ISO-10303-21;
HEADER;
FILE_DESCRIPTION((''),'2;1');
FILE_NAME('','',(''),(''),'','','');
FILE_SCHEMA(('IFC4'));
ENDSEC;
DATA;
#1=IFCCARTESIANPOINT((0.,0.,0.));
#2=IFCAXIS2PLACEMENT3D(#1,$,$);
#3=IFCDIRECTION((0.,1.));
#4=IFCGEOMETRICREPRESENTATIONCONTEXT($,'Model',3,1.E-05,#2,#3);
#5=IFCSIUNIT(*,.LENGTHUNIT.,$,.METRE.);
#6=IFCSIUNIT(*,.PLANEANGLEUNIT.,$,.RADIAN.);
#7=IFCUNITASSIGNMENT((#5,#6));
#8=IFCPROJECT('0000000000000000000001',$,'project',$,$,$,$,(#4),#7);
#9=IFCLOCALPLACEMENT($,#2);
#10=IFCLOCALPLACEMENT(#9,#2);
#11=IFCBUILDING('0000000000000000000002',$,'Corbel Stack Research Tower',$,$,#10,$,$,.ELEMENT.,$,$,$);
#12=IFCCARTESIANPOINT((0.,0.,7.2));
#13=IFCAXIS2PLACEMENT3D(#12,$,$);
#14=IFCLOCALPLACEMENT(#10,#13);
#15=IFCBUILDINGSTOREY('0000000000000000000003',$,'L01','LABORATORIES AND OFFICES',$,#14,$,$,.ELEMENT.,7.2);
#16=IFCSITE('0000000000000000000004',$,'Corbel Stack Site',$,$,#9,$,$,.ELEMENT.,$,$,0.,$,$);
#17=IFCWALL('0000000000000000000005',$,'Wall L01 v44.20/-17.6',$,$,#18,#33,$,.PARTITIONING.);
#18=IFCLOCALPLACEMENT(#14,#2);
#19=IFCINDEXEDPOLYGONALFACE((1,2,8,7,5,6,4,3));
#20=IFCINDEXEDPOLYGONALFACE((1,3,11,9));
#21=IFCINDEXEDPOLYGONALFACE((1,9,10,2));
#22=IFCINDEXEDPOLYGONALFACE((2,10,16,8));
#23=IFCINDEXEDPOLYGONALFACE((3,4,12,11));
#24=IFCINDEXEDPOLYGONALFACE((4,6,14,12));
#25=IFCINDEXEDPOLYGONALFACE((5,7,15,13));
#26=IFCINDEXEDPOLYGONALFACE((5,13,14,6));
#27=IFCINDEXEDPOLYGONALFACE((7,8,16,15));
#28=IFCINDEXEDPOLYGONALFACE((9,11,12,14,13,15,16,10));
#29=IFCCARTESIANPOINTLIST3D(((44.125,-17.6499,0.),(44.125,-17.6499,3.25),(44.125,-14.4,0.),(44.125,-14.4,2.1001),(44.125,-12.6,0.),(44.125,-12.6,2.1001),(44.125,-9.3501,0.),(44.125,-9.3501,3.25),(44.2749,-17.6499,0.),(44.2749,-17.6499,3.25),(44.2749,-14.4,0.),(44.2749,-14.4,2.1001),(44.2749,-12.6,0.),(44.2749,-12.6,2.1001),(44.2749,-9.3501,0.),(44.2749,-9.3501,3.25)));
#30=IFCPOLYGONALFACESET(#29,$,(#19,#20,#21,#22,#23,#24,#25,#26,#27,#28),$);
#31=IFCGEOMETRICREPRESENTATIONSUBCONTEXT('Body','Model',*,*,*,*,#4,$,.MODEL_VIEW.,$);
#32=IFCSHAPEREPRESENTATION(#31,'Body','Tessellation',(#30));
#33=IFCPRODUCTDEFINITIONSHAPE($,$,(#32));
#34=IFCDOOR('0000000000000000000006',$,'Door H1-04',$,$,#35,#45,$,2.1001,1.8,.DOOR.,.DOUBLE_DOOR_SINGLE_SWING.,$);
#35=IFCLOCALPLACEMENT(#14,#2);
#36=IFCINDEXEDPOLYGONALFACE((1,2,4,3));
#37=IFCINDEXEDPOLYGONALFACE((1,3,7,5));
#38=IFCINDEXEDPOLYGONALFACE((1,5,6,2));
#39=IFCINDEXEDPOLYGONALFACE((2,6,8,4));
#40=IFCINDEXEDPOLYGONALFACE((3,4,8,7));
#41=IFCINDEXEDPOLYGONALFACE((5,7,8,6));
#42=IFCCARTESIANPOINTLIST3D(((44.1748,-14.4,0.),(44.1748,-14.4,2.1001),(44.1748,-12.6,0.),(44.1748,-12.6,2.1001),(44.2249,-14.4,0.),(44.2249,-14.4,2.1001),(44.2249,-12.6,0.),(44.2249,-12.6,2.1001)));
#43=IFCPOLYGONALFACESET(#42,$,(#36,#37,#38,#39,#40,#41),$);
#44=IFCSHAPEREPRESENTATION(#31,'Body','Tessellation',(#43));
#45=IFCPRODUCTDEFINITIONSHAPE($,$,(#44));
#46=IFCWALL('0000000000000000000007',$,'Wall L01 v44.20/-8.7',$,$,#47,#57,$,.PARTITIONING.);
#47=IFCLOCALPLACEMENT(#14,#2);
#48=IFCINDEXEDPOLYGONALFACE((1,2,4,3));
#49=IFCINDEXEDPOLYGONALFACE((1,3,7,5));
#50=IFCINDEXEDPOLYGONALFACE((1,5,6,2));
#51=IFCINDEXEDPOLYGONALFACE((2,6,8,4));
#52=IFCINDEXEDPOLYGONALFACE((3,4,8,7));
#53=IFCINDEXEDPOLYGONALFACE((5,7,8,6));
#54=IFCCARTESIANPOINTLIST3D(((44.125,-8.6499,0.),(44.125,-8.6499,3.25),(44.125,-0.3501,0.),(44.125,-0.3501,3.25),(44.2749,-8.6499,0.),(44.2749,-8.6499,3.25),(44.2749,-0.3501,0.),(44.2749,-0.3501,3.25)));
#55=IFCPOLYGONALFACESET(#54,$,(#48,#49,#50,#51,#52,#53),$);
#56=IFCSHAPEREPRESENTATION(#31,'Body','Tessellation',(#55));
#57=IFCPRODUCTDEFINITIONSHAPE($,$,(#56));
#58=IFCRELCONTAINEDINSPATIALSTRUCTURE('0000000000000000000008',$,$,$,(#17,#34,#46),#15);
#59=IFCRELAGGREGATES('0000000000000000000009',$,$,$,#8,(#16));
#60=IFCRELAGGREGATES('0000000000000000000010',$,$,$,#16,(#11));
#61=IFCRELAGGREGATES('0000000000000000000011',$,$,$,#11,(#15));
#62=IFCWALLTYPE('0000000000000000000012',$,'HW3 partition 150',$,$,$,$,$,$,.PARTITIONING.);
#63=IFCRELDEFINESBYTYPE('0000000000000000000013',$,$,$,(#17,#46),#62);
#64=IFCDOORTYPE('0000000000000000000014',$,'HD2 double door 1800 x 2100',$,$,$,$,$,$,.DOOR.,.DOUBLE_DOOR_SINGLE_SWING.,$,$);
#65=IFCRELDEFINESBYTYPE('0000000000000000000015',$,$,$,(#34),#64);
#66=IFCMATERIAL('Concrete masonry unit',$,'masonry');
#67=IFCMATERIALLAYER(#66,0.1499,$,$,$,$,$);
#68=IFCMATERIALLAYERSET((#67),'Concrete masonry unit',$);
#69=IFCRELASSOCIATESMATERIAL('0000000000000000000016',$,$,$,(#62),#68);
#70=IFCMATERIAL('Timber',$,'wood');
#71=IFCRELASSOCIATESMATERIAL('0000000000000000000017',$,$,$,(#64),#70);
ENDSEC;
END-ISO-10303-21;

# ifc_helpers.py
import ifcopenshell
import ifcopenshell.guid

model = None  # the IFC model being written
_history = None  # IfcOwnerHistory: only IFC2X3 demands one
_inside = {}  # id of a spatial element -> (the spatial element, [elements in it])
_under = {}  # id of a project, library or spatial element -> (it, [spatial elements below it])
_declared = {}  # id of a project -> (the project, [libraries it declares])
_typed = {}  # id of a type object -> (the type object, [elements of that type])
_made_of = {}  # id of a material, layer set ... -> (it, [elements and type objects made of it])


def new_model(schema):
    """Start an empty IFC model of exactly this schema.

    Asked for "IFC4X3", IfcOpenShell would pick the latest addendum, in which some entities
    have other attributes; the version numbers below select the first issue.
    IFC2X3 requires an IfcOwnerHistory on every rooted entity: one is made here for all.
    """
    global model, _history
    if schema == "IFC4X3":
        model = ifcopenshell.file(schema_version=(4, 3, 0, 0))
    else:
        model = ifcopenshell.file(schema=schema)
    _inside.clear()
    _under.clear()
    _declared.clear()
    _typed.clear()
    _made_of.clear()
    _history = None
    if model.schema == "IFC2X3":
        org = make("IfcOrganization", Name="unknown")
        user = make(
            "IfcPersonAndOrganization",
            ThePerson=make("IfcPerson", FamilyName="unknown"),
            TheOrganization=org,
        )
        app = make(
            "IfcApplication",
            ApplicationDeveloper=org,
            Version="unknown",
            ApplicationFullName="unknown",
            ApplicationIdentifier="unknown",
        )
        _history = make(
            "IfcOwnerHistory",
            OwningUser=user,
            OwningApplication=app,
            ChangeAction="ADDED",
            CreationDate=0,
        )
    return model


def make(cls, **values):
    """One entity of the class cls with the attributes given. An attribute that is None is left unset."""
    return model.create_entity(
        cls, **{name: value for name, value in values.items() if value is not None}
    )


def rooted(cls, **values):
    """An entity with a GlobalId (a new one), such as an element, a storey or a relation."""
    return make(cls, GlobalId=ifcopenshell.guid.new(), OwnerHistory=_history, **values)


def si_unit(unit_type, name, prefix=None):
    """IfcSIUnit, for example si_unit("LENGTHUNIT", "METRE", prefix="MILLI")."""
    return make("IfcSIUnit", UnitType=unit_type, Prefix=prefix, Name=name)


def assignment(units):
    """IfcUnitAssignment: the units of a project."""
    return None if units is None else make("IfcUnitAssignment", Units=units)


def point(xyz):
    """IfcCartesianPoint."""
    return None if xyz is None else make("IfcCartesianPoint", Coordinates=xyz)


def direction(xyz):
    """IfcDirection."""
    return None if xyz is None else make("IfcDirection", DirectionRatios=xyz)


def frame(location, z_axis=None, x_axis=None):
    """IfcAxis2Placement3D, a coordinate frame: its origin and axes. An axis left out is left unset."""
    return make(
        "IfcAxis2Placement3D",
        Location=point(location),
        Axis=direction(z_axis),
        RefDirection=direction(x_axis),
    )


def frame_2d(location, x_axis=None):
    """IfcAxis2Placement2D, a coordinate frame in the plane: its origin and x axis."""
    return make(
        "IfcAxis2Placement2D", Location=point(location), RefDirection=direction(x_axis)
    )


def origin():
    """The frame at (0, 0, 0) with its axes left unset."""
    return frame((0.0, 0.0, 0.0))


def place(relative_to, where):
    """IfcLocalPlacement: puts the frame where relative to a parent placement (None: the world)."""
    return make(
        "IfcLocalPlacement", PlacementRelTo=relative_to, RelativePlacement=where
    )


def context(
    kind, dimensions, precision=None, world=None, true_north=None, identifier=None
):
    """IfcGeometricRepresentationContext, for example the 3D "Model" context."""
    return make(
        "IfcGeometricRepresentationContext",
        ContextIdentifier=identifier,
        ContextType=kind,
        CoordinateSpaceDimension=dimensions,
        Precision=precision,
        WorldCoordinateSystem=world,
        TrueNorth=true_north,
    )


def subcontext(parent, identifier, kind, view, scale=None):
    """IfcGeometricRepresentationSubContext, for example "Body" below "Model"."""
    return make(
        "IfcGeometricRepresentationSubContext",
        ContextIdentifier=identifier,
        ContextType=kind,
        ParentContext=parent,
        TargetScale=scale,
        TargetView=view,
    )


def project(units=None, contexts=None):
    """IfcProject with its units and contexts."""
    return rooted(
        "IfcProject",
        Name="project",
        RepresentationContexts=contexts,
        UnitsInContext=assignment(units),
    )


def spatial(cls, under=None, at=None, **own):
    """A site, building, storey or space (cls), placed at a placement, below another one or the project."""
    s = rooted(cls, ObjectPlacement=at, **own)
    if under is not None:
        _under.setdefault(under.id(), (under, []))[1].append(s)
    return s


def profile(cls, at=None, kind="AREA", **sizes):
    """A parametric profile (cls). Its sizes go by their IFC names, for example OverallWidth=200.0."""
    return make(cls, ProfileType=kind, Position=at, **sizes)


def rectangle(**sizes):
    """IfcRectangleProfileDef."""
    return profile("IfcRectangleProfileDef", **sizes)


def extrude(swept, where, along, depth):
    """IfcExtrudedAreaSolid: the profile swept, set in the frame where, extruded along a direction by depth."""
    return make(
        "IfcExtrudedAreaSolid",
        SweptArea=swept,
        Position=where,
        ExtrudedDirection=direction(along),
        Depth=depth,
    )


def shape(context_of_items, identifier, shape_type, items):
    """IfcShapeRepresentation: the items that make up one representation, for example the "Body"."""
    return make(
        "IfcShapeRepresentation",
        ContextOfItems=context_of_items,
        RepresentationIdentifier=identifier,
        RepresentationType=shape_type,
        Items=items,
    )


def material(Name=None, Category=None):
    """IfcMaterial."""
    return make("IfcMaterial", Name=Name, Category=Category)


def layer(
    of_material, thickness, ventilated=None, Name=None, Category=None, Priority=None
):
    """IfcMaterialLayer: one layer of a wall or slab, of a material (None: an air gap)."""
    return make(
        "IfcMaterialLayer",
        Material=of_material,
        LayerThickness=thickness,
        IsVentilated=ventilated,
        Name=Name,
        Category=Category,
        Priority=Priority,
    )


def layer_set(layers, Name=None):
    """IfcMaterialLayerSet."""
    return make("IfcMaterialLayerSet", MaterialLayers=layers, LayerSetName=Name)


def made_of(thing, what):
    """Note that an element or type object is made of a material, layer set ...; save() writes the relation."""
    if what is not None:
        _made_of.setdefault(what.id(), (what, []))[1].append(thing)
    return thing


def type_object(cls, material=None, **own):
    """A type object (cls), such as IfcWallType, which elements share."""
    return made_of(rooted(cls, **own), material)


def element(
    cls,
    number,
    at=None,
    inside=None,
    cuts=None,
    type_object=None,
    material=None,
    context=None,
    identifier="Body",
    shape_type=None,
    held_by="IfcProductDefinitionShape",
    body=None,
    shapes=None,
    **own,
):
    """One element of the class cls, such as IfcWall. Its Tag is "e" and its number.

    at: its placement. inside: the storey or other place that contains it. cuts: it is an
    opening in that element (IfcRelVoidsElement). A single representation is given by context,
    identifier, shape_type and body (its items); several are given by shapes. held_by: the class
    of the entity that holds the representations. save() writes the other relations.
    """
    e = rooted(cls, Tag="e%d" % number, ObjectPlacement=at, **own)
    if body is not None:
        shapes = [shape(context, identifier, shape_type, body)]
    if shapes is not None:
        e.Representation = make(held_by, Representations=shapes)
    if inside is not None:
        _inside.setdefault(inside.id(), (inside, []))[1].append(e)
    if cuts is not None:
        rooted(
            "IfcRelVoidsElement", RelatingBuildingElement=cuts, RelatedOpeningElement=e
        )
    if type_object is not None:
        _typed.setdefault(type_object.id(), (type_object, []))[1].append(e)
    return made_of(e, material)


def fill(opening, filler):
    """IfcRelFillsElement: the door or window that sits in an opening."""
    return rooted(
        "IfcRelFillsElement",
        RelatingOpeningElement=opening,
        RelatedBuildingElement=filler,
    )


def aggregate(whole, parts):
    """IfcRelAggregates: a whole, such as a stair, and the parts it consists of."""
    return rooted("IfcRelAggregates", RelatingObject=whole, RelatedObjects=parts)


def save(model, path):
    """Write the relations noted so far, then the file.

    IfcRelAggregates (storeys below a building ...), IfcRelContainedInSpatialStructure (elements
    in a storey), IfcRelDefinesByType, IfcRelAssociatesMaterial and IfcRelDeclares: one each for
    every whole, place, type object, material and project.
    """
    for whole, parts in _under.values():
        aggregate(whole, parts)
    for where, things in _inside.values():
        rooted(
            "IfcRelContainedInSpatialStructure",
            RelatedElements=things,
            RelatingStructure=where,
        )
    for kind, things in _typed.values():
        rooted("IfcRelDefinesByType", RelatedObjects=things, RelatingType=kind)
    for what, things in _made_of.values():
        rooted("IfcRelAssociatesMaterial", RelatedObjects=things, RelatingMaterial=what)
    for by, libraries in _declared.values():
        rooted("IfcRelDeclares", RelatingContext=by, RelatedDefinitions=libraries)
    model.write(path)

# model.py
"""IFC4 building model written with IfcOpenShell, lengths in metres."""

from ifc_helpers import new_model, si_unit, direction, frame, frame_2d, origin, place, context, subcontext, project, spatial, rectangle, extrude, material, layer, layer_set, type_object, element, fill, save


model = new_model("IFC4")

# Units and contexts
model_context = context("Model", 3, precision=1e-05, world=origin(), true_north=direction((0.0, 1.0)))
body_context = subcontext(model_context, "Body", "Model", "MODEL_VIEW")
ifc_project = project(units=[si_unit("LENGTHUNIT", "METRE"), si_unit("PLANEANGLEUNIT", "RADIAN")], contexts=[model_context])

# Site, building, storey
site_placement = place(None, origin())
site = spatial("IfcSite", under=ifc_project, at=site_placement, Name="Corbel Stack Site", CompositionType="ELEMENT", RefElevation=0.0)
building_placement = place(site_placement, origin())
building = spatial("IfcBuilding", under=site, at=building_placement, Name="Corbel Stack Research Tower", CompositionType="ELEMENT")
storey_placement = place(building_placement, frame((0.0, 0.0, 7.2)))
storey = spatial("IfcBuildingStorey", under=building, at=storey_placement, Name="L01", Description="LABORATORIES AND OFFICES", CompositionType="ELEMENT", Elevation=7.2)

# Wall, opening, door
ifc_material_1 = material(Name="Concrete masonry unit", Category="masonry")
ifc_layer_1 = layer(ifc_material_1, 0.1499)
ifc_layer_set_1 = layer_set([ifc_layer_1], Name="Concrete masonry unit")
wall_type_1 = type_object("IfcWallType", Name="HW3 partition 150", PredefinedType="PARTITIONING", material=ifc_layer_set_1)
wall_1_placement = place(storey_placement, frame((44.2, -9.3501, 0.0), z_axis=(0.0, 0.0, 1.0), x_axis=(0.0, -1.0, 0.0)))
wall_1 = element("IfcWall", 1, at=wall_1_placement, inside=storey, type_object=wall_type_1, Name="Wall L01 v44.20/-17.6", PredefinedType="PARTITIONING", context=body_context, shape_type="SweptSolid", body=[
    extrude(rectangle(XDim=8.2998, YDim=0.1499, at=frame_2d((4.1499, 0.0))), origin(), (0.0, 0.0, 1.0), 3.25),
])
opening_1_placement = place(wall_1_placement, frame((3.25, 0.0, 0.0)))
opening_1 = element("IfcOpeningElement", 2, at=opening_1_placement, cuts=wall_1, PredefinedType="OPENING", context=body_context, shape_type="SweptSolid", body=[
    extrude(rectangle(XDim=1.8, YDim=2.1001, at=frame_2d((0.8999, 1.05))), frame((0.0, 0.085, 0.0), z_axis=(0.0, -1.0, 0.0), x_axis=(1.0, 0.0, 0.0)), (0.0, 0.0, 1.0), 0.1699),
])
ifc_material_2 = material(Name="Timber", Category="wood")
door_type_1 = type_object("IfcDoorType", Name="HD2 double door 1800 x 2100", OperationType="DOUBLE_DOOR_SINGLE_SWING", PredefinedType="DOOR", material=ifc_material_2)
door_1_placement = place(opening_1_placement, origin())
door_1 = element("IfcDoor", 3, at=door_1_placement, inside=storey, type_object=door_type_1, Name="Door H1-04", OperationType="DOUBLE_DOOR_SINGLE_SWING", OverallHeight=2.1001, OverallWidth=1.8, PredefinedType="DOOR", context=body_context, shape_type="SweptSolid", body=[
    extrude(rectangle(XDim=1.8, YDim=2.1001, at=frame_2d((0.8999, 1.05))), frame((0.0, 0.0249, 0.0), z_axis=(0.0, -1.0, 0.0), x_axis=(1.0, 0.0, 0.0)), (0.0, 0.0, 1.0), 0.05),
])
fill(opening_1, door_1)

# Wall
wall_2_placement = place(storey_placement, frame((44.2, -8.6499, 0.0), z_axis=(0.0, 0.0, 1.0), x_axis=(0.0, 1.0, 0.0)))
element("IfcWall", 4, at=wall_2_placement, inside=storey, type_object=wall_type_1, Name="Wall L01 v44.20/-8.7", PredefinedType="PARTITIONING", context=body_context, shape_type="SweptSolid", body=[
    extrude(rectangle(XDim=8.2998, YDim=0.1499, at=frame_2d((4.1499, 0.0))), origin(), (0.0, 0.0, 1.0), 3.25),
])

save(model, "model.ifc")
